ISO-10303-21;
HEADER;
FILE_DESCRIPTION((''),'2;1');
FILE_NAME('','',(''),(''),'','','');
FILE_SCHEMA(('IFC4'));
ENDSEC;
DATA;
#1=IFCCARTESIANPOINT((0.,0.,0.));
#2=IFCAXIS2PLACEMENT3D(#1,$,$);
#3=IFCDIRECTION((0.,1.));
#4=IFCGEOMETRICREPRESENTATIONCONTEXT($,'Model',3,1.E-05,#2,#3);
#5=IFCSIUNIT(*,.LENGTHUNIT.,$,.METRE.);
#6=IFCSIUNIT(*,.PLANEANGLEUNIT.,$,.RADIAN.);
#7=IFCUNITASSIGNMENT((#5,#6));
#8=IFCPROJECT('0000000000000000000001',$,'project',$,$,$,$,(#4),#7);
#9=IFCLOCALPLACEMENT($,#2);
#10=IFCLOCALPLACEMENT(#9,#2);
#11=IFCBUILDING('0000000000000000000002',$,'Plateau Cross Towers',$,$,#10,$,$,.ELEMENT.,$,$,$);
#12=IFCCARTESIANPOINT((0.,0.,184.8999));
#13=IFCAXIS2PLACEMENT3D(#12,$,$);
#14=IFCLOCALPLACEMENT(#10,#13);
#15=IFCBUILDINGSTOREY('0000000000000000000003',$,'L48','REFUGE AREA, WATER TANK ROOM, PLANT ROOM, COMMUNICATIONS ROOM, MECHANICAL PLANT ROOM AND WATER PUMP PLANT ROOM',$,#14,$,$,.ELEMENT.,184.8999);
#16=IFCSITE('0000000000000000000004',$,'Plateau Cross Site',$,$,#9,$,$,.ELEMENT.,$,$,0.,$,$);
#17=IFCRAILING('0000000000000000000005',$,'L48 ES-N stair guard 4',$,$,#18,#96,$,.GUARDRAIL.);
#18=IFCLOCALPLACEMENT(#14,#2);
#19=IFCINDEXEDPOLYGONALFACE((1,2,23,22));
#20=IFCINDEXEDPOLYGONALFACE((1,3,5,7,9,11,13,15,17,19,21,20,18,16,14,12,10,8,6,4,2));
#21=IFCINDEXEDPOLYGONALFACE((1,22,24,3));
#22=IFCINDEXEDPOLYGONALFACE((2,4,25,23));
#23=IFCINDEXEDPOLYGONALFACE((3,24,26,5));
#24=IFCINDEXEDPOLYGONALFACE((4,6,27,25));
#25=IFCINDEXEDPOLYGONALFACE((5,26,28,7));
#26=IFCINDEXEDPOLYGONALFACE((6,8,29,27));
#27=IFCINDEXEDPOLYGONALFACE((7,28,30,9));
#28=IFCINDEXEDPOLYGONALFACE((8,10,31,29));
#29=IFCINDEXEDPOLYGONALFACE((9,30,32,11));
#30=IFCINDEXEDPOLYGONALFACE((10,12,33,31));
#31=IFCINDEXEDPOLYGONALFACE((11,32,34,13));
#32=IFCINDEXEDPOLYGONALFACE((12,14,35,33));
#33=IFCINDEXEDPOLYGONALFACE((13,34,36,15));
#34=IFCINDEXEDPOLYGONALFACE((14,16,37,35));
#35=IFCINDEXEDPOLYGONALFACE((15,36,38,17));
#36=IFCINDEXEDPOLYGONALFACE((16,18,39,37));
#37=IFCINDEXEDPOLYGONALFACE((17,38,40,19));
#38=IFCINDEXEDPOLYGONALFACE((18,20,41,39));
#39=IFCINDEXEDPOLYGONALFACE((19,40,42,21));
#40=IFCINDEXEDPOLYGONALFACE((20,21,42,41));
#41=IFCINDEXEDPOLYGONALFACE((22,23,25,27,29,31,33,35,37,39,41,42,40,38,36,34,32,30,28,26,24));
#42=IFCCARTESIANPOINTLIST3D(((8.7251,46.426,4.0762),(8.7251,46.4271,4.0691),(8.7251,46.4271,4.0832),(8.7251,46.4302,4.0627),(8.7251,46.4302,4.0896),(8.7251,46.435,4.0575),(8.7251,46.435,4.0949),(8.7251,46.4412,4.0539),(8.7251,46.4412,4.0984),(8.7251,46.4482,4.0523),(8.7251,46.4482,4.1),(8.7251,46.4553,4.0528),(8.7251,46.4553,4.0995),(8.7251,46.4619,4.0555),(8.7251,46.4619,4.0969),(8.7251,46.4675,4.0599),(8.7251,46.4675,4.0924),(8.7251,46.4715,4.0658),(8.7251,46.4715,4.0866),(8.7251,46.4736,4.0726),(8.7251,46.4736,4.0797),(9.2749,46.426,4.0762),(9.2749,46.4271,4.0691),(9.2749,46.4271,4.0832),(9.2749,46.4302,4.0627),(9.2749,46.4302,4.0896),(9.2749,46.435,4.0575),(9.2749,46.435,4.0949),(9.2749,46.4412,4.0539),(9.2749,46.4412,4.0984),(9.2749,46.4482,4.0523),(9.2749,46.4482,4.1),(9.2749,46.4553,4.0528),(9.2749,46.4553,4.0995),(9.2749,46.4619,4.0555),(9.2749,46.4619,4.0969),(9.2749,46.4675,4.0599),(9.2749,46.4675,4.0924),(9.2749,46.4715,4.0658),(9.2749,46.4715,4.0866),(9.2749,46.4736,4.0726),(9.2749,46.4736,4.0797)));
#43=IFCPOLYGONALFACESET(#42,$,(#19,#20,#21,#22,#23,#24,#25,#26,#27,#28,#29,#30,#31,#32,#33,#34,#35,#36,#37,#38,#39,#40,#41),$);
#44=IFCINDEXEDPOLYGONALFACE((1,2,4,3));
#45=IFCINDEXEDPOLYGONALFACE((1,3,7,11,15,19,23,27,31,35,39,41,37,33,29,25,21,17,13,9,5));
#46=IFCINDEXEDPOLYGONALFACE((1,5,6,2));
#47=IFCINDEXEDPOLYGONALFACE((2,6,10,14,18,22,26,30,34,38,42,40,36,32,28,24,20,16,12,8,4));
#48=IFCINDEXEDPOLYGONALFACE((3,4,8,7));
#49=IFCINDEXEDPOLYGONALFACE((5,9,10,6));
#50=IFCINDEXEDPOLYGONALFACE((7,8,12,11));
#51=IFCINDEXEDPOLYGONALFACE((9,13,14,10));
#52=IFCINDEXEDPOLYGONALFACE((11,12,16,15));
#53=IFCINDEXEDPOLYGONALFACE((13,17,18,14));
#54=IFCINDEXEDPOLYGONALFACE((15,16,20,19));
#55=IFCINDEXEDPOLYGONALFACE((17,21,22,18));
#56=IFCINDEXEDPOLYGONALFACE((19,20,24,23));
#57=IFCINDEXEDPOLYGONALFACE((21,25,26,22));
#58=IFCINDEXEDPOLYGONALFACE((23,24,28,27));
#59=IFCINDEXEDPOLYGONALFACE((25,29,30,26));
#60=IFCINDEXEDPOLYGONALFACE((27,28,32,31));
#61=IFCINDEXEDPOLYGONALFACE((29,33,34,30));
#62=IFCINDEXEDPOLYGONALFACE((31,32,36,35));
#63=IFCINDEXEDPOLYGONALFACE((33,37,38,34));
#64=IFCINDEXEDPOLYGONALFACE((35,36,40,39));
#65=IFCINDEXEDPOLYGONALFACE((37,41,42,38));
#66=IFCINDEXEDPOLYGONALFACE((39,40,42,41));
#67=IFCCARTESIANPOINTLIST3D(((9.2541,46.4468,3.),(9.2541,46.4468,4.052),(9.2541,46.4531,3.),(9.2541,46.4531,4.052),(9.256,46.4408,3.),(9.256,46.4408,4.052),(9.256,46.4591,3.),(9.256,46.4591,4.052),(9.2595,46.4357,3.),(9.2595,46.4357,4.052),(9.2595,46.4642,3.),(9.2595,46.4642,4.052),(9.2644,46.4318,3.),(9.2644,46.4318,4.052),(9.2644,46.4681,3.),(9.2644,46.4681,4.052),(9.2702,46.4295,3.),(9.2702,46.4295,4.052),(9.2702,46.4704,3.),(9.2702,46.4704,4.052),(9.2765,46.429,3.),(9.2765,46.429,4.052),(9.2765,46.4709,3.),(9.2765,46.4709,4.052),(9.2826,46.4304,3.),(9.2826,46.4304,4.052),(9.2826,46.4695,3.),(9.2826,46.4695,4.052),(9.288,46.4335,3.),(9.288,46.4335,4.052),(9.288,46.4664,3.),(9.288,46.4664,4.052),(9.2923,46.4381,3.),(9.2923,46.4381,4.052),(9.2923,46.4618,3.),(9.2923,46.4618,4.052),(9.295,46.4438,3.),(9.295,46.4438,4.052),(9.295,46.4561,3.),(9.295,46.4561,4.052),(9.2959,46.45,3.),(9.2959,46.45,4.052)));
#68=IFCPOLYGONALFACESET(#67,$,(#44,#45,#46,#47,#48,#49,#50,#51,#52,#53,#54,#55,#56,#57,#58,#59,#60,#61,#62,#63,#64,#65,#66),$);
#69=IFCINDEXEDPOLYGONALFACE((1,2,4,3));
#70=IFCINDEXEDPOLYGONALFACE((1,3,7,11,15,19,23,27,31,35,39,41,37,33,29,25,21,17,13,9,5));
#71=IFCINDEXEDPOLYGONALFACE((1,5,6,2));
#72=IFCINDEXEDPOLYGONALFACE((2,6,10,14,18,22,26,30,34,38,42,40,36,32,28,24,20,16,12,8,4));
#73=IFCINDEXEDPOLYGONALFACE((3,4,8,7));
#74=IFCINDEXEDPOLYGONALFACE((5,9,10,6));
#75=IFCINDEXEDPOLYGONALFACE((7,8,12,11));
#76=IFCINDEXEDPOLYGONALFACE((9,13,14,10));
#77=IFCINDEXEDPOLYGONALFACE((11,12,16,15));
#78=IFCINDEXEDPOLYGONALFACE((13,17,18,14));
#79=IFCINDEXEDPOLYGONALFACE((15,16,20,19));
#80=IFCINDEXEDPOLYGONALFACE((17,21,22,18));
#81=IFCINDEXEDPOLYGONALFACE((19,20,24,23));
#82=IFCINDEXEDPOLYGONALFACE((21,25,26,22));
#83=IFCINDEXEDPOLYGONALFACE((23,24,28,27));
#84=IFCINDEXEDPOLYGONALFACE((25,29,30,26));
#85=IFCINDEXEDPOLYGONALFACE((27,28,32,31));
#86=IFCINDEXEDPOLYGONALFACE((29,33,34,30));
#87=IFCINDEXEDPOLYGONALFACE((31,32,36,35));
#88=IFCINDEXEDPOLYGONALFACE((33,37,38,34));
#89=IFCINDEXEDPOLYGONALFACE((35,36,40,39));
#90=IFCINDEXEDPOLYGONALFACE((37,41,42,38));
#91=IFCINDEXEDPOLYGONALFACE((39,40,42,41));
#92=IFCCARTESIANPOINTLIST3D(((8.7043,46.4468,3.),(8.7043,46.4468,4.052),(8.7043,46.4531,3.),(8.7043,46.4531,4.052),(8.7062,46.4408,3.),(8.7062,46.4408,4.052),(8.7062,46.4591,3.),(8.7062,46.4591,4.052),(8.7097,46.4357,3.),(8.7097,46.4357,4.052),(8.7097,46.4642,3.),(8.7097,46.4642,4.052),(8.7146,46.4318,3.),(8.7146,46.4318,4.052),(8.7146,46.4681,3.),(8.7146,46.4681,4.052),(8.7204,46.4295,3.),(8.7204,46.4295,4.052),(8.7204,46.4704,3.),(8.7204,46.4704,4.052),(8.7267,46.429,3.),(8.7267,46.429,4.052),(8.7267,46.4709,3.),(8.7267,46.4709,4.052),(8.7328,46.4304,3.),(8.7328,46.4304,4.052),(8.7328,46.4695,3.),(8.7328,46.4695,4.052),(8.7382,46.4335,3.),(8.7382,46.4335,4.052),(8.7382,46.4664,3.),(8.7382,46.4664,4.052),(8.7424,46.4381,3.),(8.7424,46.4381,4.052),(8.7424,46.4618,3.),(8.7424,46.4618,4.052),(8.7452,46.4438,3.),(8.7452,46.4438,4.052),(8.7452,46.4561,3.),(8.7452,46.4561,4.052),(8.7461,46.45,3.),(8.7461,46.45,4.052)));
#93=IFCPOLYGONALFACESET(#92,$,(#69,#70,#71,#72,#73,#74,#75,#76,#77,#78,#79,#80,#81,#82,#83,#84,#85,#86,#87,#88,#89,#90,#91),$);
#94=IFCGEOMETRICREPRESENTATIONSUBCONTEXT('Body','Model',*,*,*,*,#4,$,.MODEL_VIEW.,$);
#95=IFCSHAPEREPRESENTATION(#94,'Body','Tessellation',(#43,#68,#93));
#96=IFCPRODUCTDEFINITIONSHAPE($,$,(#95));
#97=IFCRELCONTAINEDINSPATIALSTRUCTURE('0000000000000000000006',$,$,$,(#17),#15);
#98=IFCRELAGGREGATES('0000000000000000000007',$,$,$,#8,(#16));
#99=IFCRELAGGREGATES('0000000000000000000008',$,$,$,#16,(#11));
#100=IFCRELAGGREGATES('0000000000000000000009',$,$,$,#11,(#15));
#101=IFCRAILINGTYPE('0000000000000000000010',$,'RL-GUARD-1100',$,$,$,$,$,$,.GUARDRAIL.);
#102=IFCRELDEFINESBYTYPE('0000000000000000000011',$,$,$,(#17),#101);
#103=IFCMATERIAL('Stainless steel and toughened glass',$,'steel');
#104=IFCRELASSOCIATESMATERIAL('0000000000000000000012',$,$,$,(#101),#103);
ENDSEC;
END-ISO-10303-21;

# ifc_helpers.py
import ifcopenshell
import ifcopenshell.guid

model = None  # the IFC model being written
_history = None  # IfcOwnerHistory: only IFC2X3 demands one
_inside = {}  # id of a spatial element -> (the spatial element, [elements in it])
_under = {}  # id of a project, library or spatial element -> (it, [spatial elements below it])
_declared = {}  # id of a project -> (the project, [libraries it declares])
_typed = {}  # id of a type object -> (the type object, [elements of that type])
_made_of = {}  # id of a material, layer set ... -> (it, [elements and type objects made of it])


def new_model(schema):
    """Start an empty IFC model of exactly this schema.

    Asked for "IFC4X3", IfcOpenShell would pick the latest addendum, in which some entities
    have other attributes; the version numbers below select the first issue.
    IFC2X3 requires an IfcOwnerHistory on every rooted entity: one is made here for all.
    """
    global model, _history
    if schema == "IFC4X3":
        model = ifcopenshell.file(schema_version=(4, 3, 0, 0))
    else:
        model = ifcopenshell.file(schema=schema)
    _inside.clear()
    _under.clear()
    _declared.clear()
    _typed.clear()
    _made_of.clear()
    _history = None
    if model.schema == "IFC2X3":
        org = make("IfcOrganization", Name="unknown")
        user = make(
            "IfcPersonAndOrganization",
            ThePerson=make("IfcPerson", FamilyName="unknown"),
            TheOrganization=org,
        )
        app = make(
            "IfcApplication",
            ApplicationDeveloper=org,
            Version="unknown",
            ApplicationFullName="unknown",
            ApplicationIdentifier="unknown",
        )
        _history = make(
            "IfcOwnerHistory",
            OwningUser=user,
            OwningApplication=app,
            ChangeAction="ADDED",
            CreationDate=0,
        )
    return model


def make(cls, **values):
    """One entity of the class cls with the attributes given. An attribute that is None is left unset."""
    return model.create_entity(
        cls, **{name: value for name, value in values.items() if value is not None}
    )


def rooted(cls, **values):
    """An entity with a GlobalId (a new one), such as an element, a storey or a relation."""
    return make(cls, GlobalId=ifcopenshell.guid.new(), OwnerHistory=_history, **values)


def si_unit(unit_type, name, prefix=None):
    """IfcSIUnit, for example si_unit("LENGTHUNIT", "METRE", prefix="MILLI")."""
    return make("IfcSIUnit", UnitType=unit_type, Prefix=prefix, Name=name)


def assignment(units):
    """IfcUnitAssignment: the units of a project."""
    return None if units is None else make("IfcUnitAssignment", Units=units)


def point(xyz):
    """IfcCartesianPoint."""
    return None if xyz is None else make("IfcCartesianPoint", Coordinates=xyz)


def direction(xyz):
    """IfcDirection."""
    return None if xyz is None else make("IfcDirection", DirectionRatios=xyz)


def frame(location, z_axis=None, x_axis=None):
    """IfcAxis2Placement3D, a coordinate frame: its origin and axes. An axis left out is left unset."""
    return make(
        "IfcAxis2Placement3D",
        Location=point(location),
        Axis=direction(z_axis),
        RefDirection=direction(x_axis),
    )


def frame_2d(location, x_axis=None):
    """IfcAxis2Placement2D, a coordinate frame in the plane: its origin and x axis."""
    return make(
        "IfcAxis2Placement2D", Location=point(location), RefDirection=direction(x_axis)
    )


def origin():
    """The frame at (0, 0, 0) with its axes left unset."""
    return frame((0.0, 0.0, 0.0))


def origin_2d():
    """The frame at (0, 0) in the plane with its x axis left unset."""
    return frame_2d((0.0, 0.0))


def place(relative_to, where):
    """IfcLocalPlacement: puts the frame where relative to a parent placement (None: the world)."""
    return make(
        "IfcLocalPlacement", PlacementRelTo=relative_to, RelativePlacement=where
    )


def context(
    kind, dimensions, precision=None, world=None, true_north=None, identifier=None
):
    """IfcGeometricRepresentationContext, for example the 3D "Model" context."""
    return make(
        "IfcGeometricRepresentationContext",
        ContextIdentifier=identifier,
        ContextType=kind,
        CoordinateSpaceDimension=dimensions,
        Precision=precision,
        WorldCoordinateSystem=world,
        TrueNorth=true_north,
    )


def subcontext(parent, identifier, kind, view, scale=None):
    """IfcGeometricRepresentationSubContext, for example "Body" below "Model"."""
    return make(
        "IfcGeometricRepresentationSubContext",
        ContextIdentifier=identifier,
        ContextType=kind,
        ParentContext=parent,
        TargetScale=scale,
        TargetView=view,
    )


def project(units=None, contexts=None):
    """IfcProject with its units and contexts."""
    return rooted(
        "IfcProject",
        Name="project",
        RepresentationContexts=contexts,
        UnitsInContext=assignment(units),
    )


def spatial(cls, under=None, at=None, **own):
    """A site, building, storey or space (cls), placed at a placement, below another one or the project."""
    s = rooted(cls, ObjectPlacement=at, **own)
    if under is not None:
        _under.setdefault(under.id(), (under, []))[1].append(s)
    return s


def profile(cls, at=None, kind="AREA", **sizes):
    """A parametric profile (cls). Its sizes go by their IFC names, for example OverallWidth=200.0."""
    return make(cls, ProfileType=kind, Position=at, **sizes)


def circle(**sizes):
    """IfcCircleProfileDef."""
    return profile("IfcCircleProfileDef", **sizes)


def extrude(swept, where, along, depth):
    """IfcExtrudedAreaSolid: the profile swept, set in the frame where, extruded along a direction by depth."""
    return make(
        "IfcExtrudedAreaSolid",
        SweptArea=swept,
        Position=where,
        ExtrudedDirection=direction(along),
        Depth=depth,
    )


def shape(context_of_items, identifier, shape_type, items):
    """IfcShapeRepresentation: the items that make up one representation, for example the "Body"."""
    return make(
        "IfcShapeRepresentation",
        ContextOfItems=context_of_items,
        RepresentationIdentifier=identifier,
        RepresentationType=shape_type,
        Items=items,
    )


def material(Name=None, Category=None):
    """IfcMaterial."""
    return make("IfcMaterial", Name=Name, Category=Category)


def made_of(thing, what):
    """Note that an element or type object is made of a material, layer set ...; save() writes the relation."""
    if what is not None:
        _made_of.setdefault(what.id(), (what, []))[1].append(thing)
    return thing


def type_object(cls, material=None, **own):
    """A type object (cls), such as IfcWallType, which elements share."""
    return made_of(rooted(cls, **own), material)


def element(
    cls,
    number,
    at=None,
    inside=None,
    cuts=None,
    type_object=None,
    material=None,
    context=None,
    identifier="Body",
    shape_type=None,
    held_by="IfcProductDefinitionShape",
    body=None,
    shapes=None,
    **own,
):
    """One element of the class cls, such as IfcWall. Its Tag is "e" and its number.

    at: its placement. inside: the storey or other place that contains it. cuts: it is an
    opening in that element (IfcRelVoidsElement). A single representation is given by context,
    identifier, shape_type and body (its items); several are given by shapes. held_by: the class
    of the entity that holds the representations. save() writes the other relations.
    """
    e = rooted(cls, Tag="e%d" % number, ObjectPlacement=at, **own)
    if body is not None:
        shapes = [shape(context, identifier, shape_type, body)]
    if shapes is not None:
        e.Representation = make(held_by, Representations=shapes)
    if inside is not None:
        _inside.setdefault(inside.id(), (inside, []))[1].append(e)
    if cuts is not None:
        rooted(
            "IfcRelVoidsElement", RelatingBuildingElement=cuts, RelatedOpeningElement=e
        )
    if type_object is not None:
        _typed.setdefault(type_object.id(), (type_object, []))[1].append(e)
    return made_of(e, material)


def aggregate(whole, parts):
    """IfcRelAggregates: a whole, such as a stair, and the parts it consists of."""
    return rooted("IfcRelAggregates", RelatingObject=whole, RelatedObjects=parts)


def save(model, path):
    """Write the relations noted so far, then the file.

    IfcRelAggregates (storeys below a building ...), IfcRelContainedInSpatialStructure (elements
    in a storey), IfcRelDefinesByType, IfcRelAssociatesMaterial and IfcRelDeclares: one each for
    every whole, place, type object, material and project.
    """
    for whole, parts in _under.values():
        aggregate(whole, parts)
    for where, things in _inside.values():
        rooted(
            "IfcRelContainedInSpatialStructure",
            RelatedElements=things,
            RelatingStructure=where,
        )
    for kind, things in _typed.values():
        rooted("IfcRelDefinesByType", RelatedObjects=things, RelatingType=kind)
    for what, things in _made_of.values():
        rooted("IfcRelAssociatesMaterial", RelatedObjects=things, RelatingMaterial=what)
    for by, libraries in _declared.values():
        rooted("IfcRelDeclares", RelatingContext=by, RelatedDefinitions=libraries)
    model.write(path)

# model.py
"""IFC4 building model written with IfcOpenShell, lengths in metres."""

from ifc_helpers import new_model, si_unit, direction, frame, origin, origin_2d, place, context, subcontext, project, spatial, circle, extrude, material, type_object, element, save


model = new_model("IFC4")

# Units and contexts
model_context = context("Model", 3, precision=1e-05, world=origin(), true_north=direction((0.0, 1.0)))
body_context = subcontext(model_context, "Body", "Model", "MODEL_VIEW")
ifc_project = project(units=[si_unit("LENGTHUNIT", "METRE"), si_unit("PLANEANGLEUNIT", "RADIAN")], contexts=[model_context])

# Site, building, storey
site_placement = place(None, origin())
site = spatial("IfcSite", under=ifc_project, at=site_placement, Name="Plateau Cross Site", CompositionType="ELEMENT", RefElevation=0.0)
building_placement = place(site_placement, origin())
building = spatial("IfcBuilding", under=site, at=building_placement, Name="Plateau Cross Towers", CompositionType="ELEMENT")
storey_placement = place(building_placement, frame((0.0, 0.0, 184.8999)))
storey = spatial("IfcBuildingStorey", under=building, at=storey_placement, Name="L48", Description="REFUGE AREA, WATER TANK ROOM, PLANT ROOM, COMMUNICATIONS ROOM, MECHANICAL PLANT ROOM AND WATER PUMP PLANT ROOM", CompositionType="ELEMENT", Elevation=184.8999)

# Railing
ifc_material_1 = material(Name="Stainless steel and toughened glass", Category="steel")
railing_type_1 = type_object("IfcRailingType", Name="RL-GUARD-1100", PredefinedType="GUARDRAIL", material=ifc_material_1)
railing_1_placement = place(storey_placement, frame((9.2749, 46.45, 3.0)))
element("IfcRailing", 1, at=railing_1_placement, inside=storey, type_object=railing_type_1, Name="L48 ES-N stair guard 4", PredefinedType="GUARDRAIL", context=body_context, shape_type="SweptSolid", body=[
    extrude(circle(Radius=0.0239, at=origin_2d()), frame((0.0, 0.0, 1.0762), z_axis=(-1.0, 0.0, 0.0), x_axis=(0.0, -1.0, 0.0)), (0.0, 0.0, 1.0), 0.5498),
    extrude(circle(Radius=0.021, at=origin_2d()), origin(), (0.0, 0.0, 1.0), 1.052),
    extrude(circle(Radius=0.021, at=origin_2d()), frame((-0.5498, 0.0, 0.0)), (0.0, 0.0, 1.0), 1.052),
])

save(model, "model.ifc")
